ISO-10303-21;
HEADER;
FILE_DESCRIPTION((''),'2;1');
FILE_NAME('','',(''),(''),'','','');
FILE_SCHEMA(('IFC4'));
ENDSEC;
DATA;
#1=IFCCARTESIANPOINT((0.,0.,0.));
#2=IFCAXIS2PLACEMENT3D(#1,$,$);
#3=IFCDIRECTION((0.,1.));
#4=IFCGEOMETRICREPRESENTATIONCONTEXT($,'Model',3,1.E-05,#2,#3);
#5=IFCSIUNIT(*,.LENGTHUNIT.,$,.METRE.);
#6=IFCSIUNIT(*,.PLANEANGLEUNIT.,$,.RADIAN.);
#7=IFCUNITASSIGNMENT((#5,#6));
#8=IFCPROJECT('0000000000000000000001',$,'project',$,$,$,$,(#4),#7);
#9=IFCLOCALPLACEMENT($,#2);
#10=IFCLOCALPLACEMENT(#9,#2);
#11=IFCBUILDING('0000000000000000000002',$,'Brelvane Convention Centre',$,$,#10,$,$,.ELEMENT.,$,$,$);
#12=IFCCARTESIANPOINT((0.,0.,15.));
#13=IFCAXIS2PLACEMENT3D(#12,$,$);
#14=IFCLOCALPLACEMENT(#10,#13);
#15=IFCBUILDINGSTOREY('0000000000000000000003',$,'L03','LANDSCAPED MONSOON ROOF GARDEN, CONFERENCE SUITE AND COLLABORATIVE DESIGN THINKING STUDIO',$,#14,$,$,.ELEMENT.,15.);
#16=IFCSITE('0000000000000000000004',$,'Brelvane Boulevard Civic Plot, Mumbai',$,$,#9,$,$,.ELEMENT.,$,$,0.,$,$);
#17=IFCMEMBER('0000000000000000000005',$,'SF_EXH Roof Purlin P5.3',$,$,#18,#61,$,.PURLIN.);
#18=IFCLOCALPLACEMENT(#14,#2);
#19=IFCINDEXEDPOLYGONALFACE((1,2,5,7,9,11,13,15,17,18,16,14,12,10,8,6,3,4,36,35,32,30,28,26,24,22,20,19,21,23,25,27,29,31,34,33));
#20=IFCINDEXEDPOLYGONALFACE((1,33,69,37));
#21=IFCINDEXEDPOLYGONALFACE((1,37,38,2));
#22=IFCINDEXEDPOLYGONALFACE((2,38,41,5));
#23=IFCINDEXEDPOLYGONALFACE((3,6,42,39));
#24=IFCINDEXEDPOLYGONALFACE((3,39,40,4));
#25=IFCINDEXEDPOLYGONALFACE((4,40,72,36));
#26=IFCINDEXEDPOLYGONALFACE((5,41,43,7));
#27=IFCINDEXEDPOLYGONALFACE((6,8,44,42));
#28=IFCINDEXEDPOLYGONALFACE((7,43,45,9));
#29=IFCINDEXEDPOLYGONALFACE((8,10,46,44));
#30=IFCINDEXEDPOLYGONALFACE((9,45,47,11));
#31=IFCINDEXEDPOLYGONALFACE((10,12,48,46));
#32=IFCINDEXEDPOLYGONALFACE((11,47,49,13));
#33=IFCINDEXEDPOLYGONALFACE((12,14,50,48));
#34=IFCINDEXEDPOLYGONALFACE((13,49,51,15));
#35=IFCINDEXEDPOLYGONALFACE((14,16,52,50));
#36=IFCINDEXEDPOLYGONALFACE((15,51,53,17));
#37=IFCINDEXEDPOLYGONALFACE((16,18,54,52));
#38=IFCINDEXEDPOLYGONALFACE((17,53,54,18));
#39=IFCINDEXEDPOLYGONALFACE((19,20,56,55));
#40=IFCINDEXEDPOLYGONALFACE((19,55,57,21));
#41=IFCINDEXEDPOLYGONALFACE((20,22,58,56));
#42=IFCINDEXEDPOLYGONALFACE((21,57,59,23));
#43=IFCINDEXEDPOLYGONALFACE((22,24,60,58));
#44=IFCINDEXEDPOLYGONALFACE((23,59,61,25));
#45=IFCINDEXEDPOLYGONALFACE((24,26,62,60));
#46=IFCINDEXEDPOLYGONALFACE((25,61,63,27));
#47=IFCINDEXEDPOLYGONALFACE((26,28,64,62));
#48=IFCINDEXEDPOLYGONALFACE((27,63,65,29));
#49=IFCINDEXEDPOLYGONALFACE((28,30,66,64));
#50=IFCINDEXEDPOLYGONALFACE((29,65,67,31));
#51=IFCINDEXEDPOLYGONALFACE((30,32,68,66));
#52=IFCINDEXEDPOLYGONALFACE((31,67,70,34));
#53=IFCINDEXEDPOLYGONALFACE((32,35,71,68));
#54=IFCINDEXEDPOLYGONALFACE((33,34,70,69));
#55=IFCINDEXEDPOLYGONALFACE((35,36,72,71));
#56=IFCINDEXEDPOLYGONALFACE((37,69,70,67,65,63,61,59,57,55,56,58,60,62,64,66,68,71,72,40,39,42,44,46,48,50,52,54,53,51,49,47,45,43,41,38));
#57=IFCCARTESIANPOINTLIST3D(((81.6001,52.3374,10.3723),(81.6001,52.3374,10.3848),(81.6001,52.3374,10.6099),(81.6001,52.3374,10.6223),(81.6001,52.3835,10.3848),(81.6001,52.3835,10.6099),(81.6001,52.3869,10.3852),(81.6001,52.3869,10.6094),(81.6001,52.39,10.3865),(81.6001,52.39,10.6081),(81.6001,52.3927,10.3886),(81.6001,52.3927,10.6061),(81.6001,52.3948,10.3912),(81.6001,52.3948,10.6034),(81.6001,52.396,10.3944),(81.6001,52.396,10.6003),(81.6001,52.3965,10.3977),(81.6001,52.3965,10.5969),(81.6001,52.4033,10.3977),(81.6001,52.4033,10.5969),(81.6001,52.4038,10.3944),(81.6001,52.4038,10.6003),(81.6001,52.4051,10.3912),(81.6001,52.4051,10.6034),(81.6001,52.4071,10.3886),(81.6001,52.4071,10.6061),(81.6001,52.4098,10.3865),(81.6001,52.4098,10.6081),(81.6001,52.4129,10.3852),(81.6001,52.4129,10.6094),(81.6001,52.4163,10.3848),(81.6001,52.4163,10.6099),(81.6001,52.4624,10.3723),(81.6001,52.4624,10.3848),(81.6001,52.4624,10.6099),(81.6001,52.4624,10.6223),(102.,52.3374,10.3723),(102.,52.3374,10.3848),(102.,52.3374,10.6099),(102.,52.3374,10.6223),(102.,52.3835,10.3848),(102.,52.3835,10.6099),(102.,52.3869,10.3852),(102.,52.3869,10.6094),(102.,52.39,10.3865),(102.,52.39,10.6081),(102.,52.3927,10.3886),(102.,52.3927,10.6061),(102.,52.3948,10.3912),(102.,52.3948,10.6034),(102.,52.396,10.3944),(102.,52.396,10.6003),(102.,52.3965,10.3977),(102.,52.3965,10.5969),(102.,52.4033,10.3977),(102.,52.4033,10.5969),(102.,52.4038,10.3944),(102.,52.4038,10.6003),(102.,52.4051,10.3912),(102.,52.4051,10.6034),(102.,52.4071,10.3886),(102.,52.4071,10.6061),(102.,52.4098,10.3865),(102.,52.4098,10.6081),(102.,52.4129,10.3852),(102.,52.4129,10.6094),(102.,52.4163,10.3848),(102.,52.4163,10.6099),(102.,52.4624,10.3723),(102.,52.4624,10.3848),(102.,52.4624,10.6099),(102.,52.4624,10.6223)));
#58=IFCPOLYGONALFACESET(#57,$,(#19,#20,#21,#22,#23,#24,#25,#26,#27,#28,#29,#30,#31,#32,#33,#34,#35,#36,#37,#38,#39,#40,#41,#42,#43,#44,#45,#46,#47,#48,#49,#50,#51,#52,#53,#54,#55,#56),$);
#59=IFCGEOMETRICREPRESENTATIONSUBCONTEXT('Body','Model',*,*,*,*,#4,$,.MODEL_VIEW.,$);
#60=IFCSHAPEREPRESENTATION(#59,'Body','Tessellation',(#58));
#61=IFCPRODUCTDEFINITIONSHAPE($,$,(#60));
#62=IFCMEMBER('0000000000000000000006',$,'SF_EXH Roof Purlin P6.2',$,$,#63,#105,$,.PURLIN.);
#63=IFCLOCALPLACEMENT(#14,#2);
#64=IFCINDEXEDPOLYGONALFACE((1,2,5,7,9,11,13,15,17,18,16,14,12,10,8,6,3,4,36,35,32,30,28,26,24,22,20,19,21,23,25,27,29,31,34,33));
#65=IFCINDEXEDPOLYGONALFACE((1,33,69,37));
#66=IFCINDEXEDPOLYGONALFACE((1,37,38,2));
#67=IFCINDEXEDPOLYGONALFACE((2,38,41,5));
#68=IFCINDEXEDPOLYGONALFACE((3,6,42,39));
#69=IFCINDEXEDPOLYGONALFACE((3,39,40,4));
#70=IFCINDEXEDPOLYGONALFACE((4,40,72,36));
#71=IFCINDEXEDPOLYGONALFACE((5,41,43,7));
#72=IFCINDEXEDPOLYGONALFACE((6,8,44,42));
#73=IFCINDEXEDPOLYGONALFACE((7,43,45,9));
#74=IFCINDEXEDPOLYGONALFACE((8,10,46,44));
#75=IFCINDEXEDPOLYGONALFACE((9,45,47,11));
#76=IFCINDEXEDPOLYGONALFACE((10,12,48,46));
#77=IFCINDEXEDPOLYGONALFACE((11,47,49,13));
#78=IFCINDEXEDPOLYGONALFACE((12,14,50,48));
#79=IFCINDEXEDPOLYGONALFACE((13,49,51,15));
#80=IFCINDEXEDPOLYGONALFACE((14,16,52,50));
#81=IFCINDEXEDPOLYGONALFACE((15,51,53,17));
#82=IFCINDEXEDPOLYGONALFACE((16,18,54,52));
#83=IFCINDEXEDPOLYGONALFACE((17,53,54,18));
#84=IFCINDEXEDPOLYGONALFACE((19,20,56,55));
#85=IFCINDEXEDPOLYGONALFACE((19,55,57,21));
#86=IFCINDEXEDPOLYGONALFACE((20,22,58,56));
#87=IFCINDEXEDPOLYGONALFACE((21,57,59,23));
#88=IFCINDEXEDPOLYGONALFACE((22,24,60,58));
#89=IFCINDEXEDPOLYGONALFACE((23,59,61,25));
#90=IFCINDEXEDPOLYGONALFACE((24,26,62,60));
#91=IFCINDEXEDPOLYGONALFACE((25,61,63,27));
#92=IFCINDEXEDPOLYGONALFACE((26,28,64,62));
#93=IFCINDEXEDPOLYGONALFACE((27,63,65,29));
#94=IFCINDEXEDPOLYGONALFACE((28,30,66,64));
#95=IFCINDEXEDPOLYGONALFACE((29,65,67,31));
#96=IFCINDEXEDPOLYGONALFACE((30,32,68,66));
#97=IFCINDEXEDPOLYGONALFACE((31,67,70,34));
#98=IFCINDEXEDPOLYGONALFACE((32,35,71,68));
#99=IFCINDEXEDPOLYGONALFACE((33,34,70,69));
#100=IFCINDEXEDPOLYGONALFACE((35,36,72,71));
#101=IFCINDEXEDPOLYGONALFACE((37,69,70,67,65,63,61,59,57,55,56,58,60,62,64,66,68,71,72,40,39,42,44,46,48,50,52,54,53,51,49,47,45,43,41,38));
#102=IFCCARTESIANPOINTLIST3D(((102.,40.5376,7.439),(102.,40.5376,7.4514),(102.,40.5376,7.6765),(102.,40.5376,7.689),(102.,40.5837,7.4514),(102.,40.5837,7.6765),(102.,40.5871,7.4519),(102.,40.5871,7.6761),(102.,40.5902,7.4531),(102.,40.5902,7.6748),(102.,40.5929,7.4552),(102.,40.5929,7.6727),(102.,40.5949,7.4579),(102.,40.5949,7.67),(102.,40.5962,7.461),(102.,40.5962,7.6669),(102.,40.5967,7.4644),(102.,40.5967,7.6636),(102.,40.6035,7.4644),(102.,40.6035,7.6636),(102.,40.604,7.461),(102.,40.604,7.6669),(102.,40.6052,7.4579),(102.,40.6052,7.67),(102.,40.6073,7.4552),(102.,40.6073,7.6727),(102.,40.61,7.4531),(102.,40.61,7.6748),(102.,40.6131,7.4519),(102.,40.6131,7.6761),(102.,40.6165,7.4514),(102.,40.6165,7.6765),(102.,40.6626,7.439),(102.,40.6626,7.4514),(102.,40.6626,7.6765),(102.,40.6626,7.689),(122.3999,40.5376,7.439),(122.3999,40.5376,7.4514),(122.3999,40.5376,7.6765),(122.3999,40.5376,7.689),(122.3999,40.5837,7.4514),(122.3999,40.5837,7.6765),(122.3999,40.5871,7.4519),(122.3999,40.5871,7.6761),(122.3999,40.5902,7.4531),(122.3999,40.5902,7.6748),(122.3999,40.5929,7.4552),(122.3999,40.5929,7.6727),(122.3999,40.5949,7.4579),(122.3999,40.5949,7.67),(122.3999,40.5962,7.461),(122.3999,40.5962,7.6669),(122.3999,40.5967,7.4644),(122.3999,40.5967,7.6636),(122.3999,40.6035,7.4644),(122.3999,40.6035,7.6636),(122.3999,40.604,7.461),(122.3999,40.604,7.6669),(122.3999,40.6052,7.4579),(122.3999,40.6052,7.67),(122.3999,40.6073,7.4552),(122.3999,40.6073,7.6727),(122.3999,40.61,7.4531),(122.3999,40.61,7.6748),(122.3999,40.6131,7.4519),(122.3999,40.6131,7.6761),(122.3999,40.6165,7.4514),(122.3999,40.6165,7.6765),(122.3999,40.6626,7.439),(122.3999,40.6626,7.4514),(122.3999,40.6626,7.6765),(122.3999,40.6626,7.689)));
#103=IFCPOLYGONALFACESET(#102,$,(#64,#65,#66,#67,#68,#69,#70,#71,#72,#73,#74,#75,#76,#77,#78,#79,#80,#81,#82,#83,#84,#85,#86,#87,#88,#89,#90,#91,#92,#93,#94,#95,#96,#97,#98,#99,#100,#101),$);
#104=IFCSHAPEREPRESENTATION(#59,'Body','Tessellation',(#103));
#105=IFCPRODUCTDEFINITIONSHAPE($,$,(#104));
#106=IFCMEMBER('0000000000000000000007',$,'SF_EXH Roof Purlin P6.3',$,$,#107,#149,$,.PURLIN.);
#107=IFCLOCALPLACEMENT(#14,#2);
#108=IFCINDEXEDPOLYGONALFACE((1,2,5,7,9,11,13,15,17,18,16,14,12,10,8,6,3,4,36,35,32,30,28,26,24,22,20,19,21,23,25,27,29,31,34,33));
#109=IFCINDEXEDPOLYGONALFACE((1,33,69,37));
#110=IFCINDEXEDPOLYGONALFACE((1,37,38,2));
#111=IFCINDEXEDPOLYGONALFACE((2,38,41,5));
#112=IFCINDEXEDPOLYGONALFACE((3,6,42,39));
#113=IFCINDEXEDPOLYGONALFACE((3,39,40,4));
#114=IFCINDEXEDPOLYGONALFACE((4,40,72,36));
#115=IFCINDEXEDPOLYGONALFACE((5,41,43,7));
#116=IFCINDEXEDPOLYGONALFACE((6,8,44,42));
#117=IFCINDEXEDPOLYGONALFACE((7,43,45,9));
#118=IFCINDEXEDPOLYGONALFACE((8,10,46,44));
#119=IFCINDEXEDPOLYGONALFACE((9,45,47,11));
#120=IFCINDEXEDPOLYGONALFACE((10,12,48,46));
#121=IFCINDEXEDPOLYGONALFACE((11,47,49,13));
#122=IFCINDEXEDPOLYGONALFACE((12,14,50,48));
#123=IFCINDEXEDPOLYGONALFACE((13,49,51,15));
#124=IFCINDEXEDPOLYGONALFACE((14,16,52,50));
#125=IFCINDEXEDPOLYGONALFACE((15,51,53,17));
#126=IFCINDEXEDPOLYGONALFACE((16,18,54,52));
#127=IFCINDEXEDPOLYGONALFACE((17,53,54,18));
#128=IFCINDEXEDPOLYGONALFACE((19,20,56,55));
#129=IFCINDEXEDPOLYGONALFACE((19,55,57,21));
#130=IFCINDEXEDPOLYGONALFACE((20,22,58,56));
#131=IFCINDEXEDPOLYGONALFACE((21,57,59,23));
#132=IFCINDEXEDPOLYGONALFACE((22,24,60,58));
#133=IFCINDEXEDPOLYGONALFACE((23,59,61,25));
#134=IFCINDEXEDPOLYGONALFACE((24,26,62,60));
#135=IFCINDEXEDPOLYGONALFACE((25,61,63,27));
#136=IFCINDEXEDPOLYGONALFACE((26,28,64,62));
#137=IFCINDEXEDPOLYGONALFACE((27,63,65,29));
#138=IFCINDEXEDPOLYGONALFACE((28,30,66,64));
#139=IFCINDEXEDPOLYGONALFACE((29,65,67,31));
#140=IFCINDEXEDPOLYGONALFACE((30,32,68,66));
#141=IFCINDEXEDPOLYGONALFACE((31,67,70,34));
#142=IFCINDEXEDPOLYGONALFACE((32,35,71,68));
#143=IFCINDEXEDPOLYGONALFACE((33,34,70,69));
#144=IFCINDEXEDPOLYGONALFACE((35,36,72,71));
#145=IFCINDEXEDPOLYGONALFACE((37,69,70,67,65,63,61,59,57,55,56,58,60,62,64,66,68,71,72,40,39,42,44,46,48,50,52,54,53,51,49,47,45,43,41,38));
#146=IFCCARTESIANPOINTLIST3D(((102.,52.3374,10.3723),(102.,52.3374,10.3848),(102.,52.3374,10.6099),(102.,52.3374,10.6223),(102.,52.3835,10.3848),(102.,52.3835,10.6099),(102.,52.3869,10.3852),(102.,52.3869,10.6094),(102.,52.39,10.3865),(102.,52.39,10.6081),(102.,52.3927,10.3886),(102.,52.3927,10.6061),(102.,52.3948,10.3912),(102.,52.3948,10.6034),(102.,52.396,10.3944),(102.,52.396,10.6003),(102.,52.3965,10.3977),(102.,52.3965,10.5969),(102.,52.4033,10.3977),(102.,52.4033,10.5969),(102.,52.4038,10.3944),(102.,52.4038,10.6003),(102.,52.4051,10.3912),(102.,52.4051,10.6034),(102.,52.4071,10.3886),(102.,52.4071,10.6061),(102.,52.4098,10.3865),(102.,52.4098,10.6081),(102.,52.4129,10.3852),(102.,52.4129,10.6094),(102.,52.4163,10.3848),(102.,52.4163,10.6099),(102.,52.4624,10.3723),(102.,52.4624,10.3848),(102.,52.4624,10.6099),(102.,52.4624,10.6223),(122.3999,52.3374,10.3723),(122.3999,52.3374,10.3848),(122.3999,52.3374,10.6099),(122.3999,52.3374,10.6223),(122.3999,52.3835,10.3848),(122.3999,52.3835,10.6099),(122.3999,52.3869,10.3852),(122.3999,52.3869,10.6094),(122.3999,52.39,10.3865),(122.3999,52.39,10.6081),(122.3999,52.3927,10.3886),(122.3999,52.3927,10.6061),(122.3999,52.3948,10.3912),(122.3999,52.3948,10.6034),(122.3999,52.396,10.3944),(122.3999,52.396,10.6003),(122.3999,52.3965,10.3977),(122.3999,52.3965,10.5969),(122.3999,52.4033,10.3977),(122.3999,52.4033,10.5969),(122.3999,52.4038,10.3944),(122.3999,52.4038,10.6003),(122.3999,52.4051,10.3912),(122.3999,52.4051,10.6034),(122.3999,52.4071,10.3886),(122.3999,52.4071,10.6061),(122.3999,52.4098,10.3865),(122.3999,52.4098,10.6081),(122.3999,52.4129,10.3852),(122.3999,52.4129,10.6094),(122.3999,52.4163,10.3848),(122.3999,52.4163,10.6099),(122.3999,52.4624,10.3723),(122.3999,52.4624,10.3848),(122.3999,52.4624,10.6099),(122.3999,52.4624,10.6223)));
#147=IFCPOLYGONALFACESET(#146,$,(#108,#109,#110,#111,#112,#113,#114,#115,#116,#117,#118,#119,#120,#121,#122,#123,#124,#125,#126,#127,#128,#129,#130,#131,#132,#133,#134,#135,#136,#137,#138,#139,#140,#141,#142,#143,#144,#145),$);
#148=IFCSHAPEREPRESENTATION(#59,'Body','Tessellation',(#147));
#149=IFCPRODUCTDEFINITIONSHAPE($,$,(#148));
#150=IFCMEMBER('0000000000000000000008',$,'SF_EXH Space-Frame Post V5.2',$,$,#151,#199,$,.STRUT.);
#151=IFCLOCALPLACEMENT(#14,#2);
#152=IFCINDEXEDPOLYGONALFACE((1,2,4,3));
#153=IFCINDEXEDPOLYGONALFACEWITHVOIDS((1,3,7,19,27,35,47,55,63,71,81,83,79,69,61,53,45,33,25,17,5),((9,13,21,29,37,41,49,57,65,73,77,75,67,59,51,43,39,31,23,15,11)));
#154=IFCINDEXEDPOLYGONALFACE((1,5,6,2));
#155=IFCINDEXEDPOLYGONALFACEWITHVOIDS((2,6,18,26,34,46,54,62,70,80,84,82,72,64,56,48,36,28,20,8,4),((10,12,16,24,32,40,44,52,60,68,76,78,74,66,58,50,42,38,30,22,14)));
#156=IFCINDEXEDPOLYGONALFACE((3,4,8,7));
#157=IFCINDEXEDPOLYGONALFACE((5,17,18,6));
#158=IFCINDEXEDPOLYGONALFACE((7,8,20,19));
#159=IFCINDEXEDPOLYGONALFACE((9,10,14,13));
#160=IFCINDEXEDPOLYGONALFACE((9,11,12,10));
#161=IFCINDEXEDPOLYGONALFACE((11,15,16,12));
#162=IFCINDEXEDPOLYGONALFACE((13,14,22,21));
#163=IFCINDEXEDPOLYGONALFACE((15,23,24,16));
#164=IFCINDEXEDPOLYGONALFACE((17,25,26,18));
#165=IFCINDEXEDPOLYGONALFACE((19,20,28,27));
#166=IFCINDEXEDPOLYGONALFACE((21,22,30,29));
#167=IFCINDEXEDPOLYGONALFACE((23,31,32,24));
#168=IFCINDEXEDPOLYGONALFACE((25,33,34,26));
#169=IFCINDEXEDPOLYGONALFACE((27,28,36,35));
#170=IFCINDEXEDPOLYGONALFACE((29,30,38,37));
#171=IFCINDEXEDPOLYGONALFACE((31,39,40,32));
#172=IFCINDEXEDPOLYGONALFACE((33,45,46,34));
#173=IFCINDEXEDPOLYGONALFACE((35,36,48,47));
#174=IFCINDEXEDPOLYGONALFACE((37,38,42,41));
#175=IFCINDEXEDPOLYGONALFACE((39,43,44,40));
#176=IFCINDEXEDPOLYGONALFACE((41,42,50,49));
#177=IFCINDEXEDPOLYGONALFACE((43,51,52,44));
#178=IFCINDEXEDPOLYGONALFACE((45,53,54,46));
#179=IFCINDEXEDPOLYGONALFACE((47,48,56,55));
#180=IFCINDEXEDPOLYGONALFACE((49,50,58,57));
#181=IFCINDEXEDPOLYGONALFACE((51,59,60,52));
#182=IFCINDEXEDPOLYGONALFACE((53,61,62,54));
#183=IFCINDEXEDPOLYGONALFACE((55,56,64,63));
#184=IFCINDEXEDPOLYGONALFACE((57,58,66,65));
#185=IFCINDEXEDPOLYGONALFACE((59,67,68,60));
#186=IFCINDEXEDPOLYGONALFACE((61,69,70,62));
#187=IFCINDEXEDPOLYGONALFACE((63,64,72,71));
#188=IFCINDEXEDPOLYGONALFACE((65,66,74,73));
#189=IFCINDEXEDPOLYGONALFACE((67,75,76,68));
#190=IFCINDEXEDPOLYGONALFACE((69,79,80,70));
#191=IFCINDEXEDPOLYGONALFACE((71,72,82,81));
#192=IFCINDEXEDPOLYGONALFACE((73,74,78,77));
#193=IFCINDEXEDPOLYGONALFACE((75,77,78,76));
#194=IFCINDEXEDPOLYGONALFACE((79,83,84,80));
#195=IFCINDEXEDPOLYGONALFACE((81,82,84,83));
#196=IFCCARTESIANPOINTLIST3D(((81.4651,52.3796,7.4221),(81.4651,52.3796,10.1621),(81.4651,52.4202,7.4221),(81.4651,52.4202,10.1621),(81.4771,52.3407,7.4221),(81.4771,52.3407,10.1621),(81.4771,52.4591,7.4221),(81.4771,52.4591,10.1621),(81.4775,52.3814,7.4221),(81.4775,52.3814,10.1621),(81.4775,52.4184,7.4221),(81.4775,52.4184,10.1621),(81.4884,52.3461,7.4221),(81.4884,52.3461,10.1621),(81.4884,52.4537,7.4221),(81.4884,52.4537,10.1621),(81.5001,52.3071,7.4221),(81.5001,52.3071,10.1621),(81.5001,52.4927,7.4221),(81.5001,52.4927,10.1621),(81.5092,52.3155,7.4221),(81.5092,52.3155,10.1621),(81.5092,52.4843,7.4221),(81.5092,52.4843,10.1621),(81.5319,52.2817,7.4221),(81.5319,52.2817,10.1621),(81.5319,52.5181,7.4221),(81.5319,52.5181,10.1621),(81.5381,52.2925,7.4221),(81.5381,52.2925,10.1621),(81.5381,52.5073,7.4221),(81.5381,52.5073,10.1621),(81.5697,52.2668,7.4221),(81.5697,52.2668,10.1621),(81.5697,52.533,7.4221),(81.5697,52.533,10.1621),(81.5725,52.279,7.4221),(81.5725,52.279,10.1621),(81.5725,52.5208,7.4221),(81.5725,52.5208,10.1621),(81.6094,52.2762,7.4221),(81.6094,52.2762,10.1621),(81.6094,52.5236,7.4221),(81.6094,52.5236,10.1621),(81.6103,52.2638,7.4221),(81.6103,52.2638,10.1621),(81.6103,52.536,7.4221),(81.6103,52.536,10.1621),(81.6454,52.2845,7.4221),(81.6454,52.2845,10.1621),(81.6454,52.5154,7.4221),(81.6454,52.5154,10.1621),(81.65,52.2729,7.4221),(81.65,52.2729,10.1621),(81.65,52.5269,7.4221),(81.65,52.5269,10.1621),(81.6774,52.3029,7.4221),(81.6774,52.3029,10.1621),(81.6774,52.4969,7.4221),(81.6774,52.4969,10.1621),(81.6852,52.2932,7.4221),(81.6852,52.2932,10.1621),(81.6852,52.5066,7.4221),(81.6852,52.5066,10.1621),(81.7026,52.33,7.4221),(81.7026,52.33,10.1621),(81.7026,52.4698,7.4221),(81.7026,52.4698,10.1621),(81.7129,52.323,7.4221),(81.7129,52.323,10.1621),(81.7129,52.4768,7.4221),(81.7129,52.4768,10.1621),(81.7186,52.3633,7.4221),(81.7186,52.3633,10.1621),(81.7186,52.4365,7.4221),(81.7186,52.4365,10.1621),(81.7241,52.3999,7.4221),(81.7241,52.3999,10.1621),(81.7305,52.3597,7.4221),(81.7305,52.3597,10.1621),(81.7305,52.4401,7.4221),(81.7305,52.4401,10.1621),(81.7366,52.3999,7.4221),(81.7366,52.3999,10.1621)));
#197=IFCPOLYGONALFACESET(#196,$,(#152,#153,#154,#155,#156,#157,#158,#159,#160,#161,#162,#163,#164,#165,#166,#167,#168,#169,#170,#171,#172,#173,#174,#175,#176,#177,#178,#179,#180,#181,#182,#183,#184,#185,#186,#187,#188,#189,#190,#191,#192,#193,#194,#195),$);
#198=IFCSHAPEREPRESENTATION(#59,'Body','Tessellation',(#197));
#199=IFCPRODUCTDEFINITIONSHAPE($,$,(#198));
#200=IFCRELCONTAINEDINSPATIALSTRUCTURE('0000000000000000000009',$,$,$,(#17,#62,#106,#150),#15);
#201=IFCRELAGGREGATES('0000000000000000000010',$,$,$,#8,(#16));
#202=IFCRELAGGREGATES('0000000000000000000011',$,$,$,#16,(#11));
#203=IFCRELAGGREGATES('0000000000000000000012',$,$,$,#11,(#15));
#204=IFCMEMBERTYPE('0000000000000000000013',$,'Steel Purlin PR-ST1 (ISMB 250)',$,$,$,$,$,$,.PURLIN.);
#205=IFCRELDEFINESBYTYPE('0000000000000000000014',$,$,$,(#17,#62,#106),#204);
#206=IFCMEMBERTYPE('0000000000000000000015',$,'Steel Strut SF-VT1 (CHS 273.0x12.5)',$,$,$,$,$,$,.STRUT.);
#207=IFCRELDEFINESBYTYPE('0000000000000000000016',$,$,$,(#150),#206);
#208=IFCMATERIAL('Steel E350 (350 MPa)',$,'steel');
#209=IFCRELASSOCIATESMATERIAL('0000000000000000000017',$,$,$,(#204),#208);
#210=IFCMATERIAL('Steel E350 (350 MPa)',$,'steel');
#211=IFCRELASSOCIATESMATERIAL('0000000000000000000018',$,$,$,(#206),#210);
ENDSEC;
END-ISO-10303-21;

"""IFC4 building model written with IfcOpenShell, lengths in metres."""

from ifc_helpers import new_model, si_unit, direction, frame, origin, origin_2d, place, context, subcontext, project, spatial, hollow_circle, i_section, extrude, material, material_profile, profile_set, type_object, element, save


model = new_model("IFC4")

# Units and contexts
model_context = context("Model", 3, precision=1e-05, world=origin(), true_north=direction((0.0, 1.0)))
body_context = subcontext(model_context, "Body", "Model", "MODEL_VIEW")
ifc_project = project(units=[si_unit("LENGTHUNIT", "METRE"), si_unit("PLANEANGLEUNIT", "RADIAN")], contexts=[model_context])

# Site, building, storey
site_placement = place(None, origin())
site = spatial("IfcSite", under=ifc_project, at=site_placement, Name="Brelvane Boulevard Civic Plot, Mumbai", CompositionType="ELEMENT", RefElevation=0.0)
building_placement = place(site_placement, origin())
building = spatial("IfcBuilding", under=site, at=building_placement, Name="Brelvane Convention Centre", CompositionType="ELEMENT")
storey_placement = place(building_placement, frame((0.0, 0.0, 15.0)))
storey = spatial("IfcBuildingStorey", under=building, at=storey_placement, Name="L03", Description="LANDSCAPED MONSOON ROOF GARDEN, CONFERENCE SUITE AND COLLABORATIVE DESIGN THINKING STUDIO", CompositionType="ELEMENT", Elevation=15.0)

# Members
ifc_material_1 = material(Name="Steel E350 (350 MPa)", Category="steel")
ifc_material_profile_1 = material_profile(ifc_material_1, i_section(OverallWidth=0.125, OverallDepth=0.25, WebThickness=0.0068, FlangeThickness=0.0125, FilletRadius=0.0129, at=origin_2d()), Name="ISMB 250")
ifc_profile_set_1 = profile_set([ifc_material_profile_1], Name="Steel E350 (350 MPa)")
member_type_1 = type_object("IfcMemberType", Name="Steel Purlin PR-ST1 (ISMB 250)", PredefinedType="PURLIN", material=ifc_profile_set_1)
for number, where, z_axis, x_axis, name in (
    (1, (81.6001, 52.3999, 10.4973), (1.0, 0.0, 0.0), (0.0, 1.0, 0.0), "SF_EXH Roof Purlin P5.3"),
    (2, (102.0, 40.6001, 7.564), (1.0, 0.0, 0.0), (0.0, 1.0, 0.0), "SF_EXH Roof Purlin P6.2"),
    (3, (102.0, 52.3999, 10.4973), (1.0, 0.0, 0.0), (0.0, 1.0, 0.0), "SF_EXH Roof Purlin P6.3"),
):
    element("IfcMember", number, at=place(storey_placement, frame(where, z_axis=z_axis, x_axis=x_axis)), inside=storey, type_object=member_type_1, Name=name, PredefinedType="PURLIN", context=body_context, shape_type="SweptSolid", body=[
        extrude(i_section(OverallWidth=0.125, OverallDepth=0.25, WebThickness=0.0068, FlangeThickness=0.0125, FilletRadius=0.0129, at=origin_2d()), origin(), (0.0, 0.0, 1.0), 20.3999),
    ])
ifc_material_2 = material(Name="Steel E350 (350 MPa)", Category="steel")
ifc_material_profile_2 = material_profile(ifc_material_2, hollow_circle(Radius=0.1365, WallThickness=0.0125, at=origin_2d()), Name="CHS 273.0x12.5")
ifc_profile_set_2 = profile_set([ifc_material_profile_2], Name="Steel E350 (350 MPa)")
member_type_2 = type_object("IfcMemberType", Name="Steel Strut SF-VT1 (CHS 273.0x12.5)", PredefinedType="STRUT", material=ifc_profile_set_2)
for number, where, z_axis, x_axis, name in (
    (4, (81.6001, 52.3999, 7.4221), (0.0, 0.0, 1.0), (1.0, 0.0, 0.0), "SF_EXH Space-Frame Post V5.2"),
):
    element("IfcMember", number, at=place(storey_placement, frame(where, z_axis=z_axis, x_axis=x_axis)), inside=storey, type_object=member_type_2, Name=name, PredefinedType="STRUT", context=body_context, shape_type="SweptSolid", body=[
        extrude(hollow_circle(Radius=0.1365, WallThickness=0.0125, at=origin_2d()), origin(), (0.0, 0.0, 1.0), 2.74),
    ])

save(model, "model.ifc")
